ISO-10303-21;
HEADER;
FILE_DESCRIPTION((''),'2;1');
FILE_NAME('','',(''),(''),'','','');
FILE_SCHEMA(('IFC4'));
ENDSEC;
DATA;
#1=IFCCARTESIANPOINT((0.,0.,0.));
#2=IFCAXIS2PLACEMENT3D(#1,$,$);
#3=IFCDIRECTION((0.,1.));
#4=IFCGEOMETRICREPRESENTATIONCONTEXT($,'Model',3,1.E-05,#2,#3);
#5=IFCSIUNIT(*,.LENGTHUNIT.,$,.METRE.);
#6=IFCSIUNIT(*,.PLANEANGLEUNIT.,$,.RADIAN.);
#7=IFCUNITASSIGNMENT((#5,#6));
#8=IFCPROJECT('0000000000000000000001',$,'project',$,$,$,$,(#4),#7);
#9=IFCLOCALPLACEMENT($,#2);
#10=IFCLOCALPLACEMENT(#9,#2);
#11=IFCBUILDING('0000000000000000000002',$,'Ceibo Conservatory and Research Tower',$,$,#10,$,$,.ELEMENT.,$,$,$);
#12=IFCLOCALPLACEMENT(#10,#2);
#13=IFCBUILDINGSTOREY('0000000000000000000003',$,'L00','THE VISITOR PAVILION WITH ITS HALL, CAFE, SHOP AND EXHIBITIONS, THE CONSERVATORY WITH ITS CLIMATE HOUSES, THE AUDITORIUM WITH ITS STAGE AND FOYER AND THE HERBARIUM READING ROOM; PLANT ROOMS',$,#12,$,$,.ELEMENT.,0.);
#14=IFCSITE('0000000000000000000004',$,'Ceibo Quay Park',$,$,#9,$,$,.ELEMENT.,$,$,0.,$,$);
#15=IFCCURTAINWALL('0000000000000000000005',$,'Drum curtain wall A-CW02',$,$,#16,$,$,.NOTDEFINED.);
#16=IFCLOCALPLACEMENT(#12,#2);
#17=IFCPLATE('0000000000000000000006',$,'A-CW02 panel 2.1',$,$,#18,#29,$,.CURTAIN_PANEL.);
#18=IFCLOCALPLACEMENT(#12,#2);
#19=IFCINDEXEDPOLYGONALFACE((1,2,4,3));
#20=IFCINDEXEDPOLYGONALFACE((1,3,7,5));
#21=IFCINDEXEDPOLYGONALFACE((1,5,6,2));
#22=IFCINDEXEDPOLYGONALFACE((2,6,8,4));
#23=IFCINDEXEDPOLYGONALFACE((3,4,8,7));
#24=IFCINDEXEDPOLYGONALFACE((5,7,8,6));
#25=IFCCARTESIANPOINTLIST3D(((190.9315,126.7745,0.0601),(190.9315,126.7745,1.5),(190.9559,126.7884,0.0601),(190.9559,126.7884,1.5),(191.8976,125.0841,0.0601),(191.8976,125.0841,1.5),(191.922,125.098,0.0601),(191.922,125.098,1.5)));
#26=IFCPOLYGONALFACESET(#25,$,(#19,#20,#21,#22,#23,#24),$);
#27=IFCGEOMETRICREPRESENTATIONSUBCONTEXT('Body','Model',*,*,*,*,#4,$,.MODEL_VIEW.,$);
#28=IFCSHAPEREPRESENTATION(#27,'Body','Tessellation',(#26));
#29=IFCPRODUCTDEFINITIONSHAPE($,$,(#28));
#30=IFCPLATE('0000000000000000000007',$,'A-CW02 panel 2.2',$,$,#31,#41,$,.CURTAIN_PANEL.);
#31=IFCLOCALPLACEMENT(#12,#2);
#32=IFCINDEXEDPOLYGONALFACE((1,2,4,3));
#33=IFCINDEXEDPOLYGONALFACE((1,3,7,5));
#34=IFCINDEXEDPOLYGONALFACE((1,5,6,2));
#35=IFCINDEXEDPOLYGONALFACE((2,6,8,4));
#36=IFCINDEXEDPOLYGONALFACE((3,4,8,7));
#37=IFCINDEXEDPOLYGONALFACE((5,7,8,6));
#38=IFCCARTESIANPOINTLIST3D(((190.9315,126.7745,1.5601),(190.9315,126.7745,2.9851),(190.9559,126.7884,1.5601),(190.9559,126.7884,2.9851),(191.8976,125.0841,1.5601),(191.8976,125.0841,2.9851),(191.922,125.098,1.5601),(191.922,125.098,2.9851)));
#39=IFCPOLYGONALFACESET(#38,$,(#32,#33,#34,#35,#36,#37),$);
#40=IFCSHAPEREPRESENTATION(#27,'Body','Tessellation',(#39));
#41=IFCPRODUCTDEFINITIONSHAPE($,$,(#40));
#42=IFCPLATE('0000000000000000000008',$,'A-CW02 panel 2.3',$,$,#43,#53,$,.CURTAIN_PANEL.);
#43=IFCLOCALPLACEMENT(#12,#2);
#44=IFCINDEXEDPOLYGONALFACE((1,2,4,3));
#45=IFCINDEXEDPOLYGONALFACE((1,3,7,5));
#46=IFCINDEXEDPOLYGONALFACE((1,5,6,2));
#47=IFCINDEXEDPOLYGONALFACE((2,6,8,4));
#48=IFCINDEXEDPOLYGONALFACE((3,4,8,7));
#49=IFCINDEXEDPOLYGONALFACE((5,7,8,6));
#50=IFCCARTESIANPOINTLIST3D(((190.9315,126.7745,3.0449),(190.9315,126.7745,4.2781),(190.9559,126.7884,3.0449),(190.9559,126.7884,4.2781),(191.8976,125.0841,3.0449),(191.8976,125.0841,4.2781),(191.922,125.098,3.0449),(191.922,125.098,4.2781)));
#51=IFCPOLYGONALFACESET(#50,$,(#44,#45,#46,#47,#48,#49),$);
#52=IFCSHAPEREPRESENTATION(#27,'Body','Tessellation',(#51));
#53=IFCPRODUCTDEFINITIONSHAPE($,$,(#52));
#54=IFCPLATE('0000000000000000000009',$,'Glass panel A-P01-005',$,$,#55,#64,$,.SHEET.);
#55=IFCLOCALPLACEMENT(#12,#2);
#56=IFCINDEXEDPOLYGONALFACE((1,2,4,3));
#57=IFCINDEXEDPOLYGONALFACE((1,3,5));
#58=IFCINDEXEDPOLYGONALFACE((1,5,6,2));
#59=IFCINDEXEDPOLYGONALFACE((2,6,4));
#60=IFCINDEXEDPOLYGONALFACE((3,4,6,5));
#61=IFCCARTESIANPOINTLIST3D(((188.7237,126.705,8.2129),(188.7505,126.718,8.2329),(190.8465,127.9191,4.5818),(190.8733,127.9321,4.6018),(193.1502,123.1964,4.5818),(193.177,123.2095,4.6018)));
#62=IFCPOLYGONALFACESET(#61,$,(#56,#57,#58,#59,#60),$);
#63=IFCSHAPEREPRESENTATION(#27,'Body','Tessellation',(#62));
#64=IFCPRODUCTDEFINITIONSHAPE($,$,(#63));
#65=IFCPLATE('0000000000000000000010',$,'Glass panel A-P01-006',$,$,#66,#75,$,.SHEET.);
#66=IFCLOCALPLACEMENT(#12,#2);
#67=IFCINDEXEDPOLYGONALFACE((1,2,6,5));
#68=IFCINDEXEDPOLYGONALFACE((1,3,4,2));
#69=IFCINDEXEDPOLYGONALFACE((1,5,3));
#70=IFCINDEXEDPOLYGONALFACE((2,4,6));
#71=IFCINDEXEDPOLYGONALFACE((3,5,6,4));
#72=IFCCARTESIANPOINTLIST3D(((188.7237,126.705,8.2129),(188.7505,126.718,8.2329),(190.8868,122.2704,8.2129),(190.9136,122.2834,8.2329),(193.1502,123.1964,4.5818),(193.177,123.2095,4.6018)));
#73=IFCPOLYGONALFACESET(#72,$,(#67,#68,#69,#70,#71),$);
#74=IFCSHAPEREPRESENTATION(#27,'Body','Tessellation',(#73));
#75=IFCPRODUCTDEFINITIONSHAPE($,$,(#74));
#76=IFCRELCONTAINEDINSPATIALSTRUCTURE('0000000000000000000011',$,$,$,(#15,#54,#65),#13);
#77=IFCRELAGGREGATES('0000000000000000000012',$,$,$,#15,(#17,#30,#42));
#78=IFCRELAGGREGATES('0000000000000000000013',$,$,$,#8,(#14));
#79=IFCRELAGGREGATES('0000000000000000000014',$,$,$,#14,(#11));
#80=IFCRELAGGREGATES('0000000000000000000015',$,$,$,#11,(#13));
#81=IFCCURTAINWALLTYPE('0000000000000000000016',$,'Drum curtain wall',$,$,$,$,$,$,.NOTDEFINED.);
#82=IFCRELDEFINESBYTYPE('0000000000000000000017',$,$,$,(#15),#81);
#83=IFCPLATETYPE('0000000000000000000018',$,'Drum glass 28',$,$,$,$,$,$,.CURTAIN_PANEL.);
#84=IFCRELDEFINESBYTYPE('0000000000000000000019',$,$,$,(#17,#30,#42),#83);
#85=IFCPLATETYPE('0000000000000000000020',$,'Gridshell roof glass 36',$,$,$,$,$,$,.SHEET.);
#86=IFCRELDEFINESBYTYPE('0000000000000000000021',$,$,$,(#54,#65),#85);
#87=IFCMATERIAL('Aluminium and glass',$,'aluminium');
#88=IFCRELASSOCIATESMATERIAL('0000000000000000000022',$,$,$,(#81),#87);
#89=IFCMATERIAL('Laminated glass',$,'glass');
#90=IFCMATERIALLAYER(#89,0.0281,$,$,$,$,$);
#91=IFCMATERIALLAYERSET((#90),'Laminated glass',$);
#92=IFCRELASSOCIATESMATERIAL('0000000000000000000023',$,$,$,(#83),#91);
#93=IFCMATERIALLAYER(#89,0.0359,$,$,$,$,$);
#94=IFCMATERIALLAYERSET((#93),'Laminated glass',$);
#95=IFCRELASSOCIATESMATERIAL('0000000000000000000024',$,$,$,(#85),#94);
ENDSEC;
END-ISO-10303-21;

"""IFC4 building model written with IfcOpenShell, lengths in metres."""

from ifc_helpers import new_model, si_unit, direction, frame, origin, origin_2d, place, context, subcontext, project, spatial, polyline, rectangle, outline, extrude, material, layer, layer_set, type_object, element, aggregate, save


model = new_model("IFC4")

# Units and contexts
model_context = context("Model", 3, precision=1e-05, world=origin(), true_north=direction((0.0, 1.0)))
body_context = subcontext(model_context, "Body", "Model", "MODEL_VIEW")
ifc_project = project(units=[si_unit("LENGTHUNIT", "METRE"), si_unit("PLANEANGLEUNIT", "RADIAN")], contexts=[model_context])

# Site, building, storey
site_placement = place(None, origin())
site = spatial("IfcSite", under=ifc_project, at=site_placement, Name="Ceibo Quay Park", CompositionType="ELEMENT", RefElevation=0.0)
building_placement = place(site_placement, origin())
building = spatial("IfcBuilding", under=site, at=building_placement, Name="Ceibo Conservatory and Research Tower", CompositionType="ELEMENT")
storey_placement = place(building_placement, origin())
storey = spatial("IfcBuildingStorey", under=building, at=storey_placement, Name="L00", Description="THE VISITOR PAVILION WITH ITS HALL, CAFE, SHOP AND EXHIBITIONS, THE CONSERVATORY WITH ITS CLIMATE HOUSES, THE AUDITORIUM WITH ITS STAGE AND FOYER AND THE HERBARIUM READING ROOM; PLANT ROOMS", CompositionType="ELEMENT", Elevation=0.0)

# Shared definitions
ifc_material_1 = material(Name="Aluminium and glass", Category="aluminium")
curtain_wall_type = type_object("IfcCurtainWallType", Name="Drum curtain wall", PredefinedType="NOTDEFINED", material=ifc_material_1)

# Curtain wall
curtain_wall_1_placement = place(storey_placement, origin())
curtain_wall_1 = element("IfcCurtainWall", 1, at=curtain_wall_1_placement, inside=storey, type_object=curtain_wall_type, Name="Drum curtain wall A-CW02", PredefinedType="NOTDEFINED")

# Plates
ifc_material_2 = material(Name="Laminated glass", Category="glass")
ifc_layer_1 = layer(ifc_material_2, 0.0281)
ifc_layer_set_1 = layer_set([ifc_layer_1], Name="Laminated glass")
plate_type_1 = type_object("IfcPlateType", Name="Drum glass 28", PredefinedType="CURTAIN_PANEL", material=ifc_layer_set_1)
plate_1_placement = place(storey_placement, frame((191.4268, 125.9363, 0.0601), z_axis=(0.0, 0.0, 1.0), x_axis=(-0.496216, 0.868199, 0.0)))
plate_1 = element("IfcPlate", 2, at=plate_1_placement, type_object=plate_type_1, Name="A-CW02 panel 2.1", PredefinedType="CURTAIN_PANEL", context=body_context, shape_type="SweptSolid", body=[
    extrude(rectangle(XDim=1.947, YDim=0.0281, at=origin_2d()), origin(), (0.0, 0.0, 1.0), 1.4399),
])
plate_2_placement = place(storey_placement, frame((191.4268, 125.9363, 1.5601), z_axis=(0.0, 0.0, 1.0), x_axis=(-0.496216, 0.868199, 0.0)))
plate_2 = element("IfcPlate", 3, at=plate_2_placement, type_object=plate_type_1, Name="A-CW02 panel 2.2", PredefinedType="CURTAIN_PANEL", context=body_context, shape_type="SweptSolid", body=[
    extrude(rectangle(XDim=1.947, YDim=0.0281, at=origin_2d()), origin(), (0.0, 0.0, 1.0), 1.425),
])
plate_3_placement = place(storey_placement, frame((191.4268, 125.9363, 3.0449), z_axis=(0.0, 0.0, 1.0), x_axis=(-0.496216, 0.868199, 0.0)))
plate_3 = element("IfcPlate", 4, at=plate_3_placement, type_object=plate_type_1, Name="A-CW02 panel 2.3", PredefinedType="CURTAIN_PANEL", context=body_context, shape_type="SweptSolid", body=[
    extrude(rectangle(XDim=1.947, YDim=0.0281, at=origin_2d()), origin(), (0.0, 0.0, 1.0), 1.2332),
])
aggregate(curtain_wall_1, [plate_1, plate_2, plate_3])

# Plates
ifc_layer_2 = layer(ifc_material_2, 0.0359)
ifc_layer_set_2 = layer_set([ifc_layer_2], Name="Laminated glass")
plate_type_2 = type_object("IfcPlateType", Name="Gridshell roof glass 36", PredefinedType="SHEET", material=ifc_layer_set_2)
plate_4_placement = place(storey_placement, frame((193.177, 123.2095, 4.6018), z_axis=(0.745971, 0.363885, 0.557777), x_axis=(-0.43842, 0.89877, 0.0)))
element("IfcPlate", 5, at=plate_4_placement, inside=storey, type_object=plate_type_2, Name="Glass panel A-P01-005", PredefinedType="SHEET", context=body_context, shape_type="SweptSolid", body=[
    extrude(outline(polyline([(0.0, 0.0), (5.2546, 0.0), (5.094, 4.3749), (0.0, 0.0)])), origin(), (0.0, 0.0, -1.0), 0.0359),
])
plate_5_placement = place(storey_placement, frame((193.177, 123.2095, 4.6018), z_axis=(0.745969, 0.363867, 0.557791), x_axis=(-0.659215, 0.522508, 0.54076)))
element("IfcPlate", 6, at=plate_5_placement, inside=storey, type_object=plate_type_2, Name="Glass panel A-P01-006", PredefinedType="SHEET", context=body_context, shape_type="SweptSolid", body=[
    extrude(outline(polyline([(0.0, 0.0), (6.7148, 0.0), (2.9718, 3.2147), (0.0, 0.0)])), origin(), (0.0, 0.0, -1.0), 0.0359),
])

save(model, "model.ifc")
